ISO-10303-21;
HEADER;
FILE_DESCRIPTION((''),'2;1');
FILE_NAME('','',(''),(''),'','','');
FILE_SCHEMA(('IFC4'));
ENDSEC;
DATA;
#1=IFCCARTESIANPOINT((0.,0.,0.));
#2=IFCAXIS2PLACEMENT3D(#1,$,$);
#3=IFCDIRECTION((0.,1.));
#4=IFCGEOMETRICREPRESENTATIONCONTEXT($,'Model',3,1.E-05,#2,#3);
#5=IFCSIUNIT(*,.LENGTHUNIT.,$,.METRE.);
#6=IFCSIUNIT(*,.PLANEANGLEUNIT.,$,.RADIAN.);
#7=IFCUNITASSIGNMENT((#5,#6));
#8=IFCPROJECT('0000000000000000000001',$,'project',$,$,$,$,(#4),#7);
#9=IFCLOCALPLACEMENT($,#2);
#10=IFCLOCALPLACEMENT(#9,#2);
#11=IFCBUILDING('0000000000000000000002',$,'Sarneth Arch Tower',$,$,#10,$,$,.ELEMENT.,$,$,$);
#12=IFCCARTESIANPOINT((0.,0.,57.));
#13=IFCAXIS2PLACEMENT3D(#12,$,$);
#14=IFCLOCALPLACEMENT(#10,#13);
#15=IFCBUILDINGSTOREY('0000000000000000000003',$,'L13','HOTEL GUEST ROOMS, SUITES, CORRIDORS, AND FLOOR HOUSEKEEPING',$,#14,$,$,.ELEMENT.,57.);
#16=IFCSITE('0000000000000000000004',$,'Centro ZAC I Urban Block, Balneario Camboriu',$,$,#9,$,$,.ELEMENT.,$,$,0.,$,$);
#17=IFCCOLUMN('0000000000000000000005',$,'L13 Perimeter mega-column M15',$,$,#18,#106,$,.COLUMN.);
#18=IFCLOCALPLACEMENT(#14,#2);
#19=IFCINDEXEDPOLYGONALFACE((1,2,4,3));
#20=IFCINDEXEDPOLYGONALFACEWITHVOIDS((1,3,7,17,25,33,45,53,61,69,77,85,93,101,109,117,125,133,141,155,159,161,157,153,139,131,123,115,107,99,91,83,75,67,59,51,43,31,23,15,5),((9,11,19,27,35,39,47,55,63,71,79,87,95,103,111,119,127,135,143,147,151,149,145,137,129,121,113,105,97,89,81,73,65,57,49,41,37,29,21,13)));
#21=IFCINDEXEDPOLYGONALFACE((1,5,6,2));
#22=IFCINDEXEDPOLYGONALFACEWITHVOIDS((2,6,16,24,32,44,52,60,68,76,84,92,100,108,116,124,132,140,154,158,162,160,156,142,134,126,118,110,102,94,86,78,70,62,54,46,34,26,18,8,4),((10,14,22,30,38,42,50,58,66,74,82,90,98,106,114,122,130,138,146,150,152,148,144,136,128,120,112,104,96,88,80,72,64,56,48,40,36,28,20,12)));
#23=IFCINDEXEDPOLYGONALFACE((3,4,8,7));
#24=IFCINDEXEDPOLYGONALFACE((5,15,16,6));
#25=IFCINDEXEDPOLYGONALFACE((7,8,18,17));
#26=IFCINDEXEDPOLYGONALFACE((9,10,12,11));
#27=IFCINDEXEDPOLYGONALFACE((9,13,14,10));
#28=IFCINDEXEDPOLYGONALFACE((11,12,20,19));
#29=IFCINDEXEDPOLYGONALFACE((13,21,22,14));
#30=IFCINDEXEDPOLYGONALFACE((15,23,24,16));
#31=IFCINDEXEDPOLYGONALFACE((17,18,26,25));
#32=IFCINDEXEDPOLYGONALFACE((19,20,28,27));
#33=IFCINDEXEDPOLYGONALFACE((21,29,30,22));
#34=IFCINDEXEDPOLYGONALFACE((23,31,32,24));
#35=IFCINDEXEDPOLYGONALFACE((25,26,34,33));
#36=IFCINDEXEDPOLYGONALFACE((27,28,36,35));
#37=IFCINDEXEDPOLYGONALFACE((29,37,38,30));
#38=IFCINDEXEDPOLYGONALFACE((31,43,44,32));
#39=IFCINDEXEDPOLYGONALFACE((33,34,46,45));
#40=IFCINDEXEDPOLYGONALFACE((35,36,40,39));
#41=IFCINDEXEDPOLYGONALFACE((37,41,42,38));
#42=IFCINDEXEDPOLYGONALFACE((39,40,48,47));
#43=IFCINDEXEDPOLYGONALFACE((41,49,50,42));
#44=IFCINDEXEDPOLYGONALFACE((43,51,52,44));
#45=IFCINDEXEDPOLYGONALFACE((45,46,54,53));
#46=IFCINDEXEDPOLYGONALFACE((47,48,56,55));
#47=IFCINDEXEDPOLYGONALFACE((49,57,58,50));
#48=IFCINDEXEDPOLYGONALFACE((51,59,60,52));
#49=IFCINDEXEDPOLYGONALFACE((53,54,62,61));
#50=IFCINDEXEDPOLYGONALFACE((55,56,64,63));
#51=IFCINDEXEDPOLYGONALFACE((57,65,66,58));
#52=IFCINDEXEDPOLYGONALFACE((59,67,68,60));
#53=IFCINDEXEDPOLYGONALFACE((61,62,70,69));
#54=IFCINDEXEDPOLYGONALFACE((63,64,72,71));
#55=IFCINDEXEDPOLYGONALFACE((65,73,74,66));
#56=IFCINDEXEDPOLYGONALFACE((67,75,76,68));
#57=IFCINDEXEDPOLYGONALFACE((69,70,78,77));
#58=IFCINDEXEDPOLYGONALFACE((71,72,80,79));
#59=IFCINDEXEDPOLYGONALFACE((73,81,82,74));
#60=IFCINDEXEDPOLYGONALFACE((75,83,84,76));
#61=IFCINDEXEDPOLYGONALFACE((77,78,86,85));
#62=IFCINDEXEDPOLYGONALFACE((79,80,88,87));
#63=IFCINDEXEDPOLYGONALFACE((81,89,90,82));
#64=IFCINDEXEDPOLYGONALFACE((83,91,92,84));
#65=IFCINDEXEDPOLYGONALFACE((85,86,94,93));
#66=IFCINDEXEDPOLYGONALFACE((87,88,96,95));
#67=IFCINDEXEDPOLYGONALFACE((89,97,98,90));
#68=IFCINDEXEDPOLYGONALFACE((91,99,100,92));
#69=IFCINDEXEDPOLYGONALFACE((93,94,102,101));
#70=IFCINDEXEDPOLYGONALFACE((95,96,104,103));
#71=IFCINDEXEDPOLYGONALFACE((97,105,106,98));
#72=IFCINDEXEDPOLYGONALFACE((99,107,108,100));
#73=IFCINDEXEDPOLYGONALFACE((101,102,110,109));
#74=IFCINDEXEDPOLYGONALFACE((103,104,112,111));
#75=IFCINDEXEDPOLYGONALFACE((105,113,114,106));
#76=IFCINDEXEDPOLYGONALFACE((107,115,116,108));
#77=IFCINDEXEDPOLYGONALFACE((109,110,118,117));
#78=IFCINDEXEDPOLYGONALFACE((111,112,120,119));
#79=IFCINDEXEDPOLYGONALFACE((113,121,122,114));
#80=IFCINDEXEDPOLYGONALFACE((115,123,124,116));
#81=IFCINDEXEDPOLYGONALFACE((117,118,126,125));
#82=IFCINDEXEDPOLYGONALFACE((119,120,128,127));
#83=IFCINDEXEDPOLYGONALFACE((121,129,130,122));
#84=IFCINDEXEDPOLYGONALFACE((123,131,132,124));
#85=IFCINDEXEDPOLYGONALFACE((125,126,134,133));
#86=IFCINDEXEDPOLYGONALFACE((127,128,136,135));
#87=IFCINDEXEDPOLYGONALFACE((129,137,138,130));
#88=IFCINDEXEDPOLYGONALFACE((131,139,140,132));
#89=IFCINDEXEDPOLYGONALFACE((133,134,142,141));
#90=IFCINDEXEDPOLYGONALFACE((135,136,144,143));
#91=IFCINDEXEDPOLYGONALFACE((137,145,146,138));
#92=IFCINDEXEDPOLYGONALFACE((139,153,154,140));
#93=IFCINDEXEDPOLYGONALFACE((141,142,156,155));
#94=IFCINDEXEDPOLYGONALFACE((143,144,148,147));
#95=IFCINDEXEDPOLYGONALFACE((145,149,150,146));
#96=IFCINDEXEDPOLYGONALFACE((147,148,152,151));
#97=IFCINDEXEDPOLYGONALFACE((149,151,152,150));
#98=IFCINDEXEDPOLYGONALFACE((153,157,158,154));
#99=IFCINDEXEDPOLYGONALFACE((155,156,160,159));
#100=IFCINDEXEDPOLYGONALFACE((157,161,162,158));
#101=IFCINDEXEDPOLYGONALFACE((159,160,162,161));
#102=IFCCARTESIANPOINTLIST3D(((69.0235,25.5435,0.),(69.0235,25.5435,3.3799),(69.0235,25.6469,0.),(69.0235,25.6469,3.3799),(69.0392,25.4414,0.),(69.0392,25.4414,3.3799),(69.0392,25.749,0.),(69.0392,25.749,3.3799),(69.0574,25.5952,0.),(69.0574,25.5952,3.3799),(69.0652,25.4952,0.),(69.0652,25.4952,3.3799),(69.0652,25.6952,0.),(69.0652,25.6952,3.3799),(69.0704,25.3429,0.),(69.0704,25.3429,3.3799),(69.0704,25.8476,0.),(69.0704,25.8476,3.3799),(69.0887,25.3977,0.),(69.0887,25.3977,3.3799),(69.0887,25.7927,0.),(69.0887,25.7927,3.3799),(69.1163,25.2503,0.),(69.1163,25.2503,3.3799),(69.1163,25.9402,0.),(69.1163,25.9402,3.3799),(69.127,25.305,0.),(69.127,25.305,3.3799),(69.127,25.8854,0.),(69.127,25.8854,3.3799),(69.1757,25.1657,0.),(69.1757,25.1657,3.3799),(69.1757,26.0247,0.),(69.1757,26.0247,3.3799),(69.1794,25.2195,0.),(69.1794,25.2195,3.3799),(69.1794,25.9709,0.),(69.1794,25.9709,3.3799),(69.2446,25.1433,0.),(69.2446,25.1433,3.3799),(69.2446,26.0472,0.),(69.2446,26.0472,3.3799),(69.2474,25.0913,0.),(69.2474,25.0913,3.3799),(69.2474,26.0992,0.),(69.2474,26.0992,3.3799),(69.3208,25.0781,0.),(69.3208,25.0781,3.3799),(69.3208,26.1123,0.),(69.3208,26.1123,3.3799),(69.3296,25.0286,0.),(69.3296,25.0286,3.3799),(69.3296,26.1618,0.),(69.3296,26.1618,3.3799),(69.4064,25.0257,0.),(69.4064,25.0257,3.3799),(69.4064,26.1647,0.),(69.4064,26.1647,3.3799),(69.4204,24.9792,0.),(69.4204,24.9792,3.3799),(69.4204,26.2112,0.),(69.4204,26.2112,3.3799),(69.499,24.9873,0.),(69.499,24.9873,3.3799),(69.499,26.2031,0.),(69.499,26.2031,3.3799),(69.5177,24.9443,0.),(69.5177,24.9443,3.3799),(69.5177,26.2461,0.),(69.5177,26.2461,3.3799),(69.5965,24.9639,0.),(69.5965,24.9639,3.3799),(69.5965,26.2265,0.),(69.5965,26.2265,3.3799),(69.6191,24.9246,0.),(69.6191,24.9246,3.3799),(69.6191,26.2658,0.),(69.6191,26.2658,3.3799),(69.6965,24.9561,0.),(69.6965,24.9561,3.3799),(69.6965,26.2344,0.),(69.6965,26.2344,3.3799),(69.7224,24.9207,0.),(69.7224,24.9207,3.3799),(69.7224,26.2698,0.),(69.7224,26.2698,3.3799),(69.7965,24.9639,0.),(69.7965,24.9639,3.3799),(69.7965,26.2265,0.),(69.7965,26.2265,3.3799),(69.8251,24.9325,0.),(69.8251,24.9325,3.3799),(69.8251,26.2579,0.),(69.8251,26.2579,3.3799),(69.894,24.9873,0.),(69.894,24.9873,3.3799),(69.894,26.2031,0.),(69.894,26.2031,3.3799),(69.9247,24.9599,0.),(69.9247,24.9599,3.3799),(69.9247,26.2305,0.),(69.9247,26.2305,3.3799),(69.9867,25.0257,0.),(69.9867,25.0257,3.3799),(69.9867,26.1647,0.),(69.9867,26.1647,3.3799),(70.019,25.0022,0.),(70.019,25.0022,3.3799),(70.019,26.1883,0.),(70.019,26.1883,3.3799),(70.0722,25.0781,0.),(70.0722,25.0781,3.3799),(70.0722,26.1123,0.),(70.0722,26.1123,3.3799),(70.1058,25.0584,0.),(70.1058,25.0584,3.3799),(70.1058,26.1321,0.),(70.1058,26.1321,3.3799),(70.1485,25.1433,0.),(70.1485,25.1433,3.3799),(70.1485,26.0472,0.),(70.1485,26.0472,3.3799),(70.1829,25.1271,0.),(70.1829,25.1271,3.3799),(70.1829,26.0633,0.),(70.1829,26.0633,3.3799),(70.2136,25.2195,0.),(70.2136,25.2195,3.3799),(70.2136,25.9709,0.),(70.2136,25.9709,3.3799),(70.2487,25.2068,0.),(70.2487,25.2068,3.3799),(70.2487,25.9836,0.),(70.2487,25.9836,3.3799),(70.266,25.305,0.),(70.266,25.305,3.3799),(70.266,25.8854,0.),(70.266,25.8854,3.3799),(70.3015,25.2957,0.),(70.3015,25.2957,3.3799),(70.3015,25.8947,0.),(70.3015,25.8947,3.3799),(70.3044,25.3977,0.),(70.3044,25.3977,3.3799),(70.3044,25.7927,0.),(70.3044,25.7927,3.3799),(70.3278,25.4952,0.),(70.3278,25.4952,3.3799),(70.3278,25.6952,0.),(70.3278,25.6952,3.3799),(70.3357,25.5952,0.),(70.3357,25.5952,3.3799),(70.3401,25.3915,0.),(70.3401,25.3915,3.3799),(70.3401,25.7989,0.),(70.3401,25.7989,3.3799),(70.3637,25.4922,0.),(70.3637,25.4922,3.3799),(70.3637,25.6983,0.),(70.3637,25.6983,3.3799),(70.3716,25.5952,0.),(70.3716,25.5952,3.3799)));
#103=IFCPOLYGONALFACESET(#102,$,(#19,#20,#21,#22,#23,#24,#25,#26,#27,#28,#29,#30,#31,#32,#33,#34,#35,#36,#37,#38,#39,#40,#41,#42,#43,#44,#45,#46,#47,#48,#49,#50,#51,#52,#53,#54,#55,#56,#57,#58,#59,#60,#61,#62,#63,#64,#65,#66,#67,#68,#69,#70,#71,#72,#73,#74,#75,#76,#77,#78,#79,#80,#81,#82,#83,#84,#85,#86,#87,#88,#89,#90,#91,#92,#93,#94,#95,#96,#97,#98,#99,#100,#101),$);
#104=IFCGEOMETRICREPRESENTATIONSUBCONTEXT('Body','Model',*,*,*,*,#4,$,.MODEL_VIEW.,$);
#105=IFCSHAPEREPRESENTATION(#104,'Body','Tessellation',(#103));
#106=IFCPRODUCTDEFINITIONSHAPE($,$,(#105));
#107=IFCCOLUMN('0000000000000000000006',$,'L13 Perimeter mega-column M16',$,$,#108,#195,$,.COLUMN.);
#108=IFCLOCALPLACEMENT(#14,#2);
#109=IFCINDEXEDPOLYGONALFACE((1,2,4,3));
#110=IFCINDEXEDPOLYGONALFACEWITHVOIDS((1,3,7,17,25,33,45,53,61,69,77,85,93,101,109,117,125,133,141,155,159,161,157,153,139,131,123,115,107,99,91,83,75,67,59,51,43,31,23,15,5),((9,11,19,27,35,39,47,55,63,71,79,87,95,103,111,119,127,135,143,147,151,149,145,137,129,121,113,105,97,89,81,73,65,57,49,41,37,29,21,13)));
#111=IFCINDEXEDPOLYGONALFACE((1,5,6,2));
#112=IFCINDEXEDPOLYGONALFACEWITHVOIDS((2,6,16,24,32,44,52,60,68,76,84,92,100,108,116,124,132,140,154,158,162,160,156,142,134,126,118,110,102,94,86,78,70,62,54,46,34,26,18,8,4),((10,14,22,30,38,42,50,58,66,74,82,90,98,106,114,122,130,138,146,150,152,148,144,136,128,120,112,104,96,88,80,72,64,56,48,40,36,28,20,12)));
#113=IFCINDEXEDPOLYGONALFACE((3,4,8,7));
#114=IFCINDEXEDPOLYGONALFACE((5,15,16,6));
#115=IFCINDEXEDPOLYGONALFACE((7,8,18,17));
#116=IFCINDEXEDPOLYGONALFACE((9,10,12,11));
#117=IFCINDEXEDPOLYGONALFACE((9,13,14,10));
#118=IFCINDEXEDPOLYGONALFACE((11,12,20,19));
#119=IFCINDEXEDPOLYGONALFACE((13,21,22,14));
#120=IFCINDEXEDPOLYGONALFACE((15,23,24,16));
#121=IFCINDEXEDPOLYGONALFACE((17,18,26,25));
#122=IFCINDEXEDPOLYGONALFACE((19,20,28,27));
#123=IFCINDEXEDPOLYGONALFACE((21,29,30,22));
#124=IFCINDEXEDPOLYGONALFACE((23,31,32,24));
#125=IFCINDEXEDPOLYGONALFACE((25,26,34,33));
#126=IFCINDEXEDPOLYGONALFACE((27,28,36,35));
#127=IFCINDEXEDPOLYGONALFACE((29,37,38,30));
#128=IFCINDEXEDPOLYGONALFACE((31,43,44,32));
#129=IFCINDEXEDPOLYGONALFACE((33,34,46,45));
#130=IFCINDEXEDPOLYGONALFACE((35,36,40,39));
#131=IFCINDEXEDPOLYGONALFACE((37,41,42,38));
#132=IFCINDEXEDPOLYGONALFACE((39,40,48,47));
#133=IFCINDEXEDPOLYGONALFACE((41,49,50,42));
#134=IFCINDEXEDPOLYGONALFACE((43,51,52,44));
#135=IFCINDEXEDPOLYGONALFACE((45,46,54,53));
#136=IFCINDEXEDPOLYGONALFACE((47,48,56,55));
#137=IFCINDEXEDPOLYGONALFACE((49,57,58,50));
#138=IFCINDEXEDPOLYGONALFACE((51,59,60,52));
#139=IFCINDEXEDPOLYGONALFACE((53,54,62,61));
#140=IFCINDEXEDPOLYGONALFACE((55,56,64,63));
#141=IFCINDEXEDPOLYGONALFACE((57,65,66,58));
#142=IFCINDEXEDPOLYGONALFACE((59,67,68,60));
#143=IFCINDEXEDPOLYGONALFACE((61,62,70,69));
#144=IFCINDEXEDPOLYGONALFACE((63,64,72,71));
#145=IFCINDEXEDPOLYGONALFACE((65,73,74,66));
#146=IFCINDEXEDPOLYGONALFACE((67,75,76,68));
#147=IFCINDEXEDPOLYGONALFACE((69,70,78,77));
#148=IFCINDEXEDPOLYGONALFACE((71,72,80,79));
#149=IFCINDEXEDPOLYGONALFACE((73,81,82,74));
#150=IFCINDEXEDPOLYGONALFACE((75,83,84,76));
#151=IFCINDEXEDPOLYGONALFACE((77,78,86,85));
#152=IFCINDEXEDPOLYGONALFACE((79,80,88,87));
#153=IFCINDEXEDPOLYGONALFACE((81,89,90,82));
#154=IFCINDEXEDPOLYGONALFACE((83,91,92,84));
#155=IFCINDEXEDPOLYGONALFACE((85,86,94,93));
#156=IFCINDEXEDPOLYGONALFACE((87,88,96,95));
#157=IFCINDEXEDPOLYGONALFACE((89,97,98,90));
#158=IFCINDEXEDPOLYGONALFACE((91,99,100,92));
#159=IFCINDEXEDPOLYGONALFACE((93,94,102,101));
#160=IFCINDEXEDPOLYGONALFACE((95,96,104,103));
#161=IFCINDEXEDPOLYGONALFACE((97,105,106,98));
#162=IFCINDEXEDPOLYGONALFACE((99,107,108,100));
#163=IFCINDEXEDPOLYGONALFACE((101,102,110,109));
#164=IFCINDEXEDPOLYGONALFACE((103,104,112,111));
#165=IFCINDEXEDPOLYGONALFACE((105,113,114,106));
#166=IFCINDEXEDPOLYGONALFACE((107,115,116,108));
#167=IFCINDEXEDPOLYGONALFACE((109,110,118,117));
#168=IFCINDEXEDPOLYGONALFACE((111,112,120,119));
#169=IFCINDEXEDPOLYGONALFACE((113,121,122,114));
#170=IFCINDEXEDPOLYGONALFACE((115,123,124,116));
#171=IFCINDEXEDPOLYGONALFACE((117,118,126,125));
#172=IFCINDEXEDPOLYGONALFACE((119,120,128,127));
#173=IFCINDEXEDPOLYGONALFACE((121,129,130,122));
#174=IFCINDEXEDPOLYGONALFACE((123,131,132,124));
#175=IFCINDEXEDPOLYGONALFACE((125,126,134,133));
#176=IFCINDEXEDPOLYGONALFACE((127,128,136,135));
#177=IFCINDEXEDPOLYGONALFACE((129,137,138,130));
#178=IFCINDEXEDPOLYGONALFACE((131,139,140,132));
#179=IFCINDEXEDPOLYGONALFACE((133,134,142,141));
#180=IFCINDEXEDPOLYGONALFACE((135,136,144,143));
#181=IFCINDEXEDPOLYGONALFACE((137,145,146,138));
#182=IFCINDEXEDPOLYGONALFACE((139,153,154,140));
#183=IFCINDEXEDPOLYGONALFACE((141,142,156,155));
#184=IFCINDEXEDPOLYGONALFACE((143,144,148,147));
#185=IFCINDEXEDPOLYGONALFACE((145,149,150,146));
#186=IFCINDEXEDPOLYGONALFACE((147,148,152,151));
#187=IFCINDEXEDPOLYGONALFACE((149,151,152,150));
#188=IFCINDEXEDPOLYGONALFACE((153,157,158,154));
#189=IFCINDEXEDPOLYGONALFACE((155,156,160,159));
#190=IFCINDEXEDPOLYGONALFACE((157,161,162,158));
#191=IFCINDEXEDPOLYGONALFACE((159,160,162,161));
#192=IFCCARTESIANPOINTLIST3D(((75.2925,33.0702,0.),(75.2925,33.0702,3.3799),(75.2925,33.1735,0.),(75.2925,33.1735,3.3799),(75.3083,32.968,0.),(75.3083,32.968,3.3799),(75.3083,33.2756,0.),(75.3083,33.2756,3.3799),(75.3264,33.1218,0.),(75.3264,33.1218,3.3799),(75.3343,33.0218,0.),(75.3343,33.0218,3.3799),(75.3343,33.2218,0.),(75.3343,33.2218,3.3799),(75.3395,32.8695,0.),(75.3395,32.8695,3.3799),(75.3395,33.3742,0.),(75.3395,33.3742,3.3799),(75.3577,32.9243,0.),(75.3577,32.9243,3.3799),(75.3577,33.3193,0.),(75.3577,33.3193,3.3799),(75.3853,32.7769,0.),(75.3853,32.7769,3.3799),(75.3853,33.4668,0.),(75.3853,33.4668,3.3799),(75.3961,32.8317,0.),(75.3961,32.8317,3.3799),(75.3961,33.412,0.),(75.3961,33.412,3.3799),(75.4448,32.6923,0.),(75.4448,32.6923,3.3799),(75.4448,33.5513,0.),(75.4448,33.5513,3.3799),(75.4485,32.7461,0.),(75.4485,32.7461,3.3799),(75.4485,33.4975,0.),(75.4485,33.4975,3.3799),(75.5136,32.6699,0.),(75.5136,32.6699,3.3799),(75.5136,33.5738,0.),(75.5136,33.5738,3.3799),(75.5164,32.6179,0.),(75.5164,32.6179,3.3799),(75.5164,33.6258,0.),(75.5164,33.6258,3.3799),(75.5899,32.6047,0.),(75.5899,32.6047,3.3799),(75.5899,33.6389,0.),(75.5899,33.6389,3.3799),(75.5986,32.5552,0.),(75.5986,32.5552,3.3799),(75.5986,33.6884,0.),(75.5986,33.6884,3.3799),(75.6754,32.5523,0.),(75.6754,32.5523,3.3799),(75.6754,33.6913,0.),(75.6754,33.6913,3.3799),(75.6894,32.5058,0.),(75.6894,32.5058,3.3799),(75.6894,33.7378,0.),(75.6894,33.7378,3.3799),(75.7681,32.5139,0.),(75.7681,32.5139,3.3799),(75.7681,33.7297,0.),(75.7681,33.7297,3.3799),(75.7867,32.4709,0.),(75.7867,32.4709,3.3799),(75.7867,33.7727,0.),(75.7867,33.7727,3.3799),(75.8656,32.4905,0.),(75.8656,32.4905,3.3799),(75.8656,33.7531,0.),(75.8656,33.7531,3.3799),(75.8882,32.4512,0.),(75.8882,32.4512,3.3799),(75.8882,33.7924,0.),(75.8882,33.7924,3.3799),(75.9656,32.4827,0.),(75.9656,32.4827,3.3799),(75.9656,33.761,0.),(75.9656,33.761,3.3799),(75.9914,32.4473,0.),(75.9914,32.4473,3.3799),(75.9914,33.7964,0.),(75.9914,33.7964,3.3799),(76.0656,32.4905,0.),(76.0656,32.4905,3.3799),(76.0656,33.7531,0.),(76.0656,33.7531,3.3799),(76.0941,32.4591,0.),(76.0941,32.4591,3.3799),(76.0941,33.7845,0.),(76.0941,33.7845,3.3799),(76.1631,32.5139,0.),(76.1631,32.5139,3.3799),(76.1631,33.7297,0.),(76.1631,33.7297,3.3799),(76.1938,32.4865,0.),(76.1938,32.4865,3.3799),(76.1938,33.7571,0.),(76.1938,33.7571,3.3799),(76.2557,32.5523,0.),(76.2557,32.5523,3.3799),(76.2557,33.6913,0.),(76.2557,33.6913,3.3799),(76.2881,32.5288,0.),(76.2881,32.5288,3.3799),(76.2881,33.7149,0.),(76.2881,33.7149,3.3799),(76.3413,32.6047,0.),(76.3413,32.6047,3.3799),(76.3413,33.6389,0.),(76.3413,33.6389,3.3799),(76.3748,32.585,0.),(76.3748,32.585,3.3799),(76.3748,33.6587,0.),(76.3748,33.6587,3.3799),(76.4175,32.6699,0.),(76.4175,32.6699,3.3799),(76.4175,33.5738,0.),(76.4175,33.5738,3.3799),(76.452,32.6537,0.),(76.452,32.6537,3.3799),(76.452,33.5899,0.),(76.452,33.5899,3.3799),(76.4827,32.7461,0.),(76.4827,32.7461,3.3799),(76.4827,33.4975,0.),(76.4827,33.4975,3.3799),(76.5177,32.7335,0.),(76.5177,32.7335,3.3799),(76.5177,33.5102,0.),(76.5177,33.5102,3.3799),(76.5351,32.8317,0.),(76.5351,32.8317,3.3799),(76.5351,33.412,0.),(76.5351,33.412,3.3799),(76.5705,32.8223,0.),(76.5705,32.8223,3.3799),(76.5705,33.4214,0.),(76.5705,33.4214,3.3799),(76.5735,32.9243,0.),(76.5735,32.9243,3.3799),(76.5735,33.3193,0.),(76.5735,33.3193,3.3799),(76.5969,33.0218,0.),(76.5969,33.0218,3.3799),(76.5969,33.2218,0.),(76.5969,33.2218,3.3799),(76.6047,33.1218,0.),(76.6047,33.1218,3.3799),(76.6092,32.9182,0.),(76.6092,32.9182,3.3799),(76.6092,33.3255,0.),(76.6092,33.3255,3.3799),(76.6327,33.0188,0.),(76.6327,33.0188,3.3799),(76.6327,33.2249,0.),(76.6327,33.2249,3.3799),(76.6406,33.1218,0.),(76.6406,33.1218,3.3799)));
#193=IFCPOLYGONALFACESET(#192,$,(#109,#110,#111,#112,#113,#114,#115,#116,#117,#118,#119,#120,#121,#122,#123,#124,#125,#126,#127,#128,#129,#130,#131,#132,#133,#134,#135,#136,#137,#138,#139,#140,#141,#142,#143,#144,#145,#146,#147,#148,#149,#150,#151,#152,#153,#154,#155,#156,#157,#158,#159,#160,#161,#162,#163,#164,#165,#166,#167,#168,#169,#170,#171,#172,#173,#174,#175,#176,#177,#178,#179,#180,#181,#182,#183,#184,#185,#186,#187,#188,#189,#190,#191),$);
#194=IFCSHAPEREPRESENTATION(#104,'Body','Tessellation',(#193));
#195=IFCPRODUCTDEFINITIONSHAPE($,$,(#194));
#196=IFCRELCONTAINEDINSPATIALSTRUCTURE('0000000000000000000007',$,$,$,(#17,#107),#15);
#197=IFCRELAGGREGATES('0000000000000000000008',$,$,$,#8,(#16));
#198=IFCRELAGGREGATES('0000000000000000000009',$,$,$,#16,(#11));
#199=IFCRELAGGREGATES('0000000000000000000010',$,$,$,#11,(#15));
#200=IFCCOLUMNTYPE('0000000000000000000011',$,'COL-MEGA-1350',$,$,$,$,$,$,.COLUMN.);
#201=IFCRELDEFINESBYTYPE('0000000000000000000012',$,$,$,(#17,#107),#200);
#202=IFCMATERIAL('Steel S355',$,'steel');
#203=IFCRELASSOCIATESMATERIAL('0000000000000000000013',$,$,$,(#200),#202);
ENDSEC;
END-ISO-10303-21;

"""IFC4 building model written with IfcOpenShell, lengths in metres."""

from ifc_helpers import new_model, si_unit, direction, frame, origin, origin_2d, place, context, subcontext, project, spatial, hollow_circle, extrude, material, material_profile, profile_set, type_object, element, save


model = new_model("IFC4")

# Units and contexts
model_context = context("Model", 3, precision=1e-05, world=origin(), true_north=direction((0.0, 1.0)))
body_context = subcontext(model_context, "Body", "Model", "MODEL_VIEW")
ifc_project = project(units=[si_unit("LENGTHUNIT", "METRE"), si_unit("PLANEANGLEUNIT", "RADIAN")], contexts=[model_context])

# Site, building, storey
site_placement = place(None, origin())
site = spatial("IfcSite", under=ifc_project, at=site_placement, Name="Centro ZAC I Urban Block, Balneario Camboriu", CompositionType="ELEMENT", RefElevation=0.0)
building_placement = place(site_placement, origin())
building = spatial("IfcBuilding", under=site, at=building_placement, Name="Sarneth Arch Tower", CompositionType="ELEMENT")
storey_placement = place(building_placement, frame((0.0, 0.0, 57.0)))
storey = spatial("IfcBuildingStorey", under=building, at=storey_placement, Name="L13", Description="HOTEL GUEST ROOMS, SUITES, CORRIDORS, AND FLOOR HOUSEKEEPING", CompositionType="ELEMENT", Elevation=57.0)

# Columns
ifc_material_1 = material(Name="Steel S355", Category="steel")
ifc_material_profile_1 = material_profile(ifc_material_1, hollow_circle(Radius=0.675, WallThickness=0.0359, at=origin_2d()), Name="CHS1350x36")
ifc_profile_set_1 = profile_set([ifc_material_profile_1], Name="Steel S355")
column_type = type_object("IfcColumnType", Name="COL-MEGA-1350", PredefinedType="COLUMN", material=ifc_profile_set_1)
for number, where, z_axis, x_axis, name in (
    (1, (69.6965, 25.5952, 0.0), (0.0, 0.0, 1.0), (1.0, 0.0, 0.0), "L13 Perimeter mega-column M15"),
    (2, (75.9656, 33.1218, 0.0), (0.0, 0.0, 1.0), (1.0, 0.0, 0.0), "L13 Perimeter mega-column M16"),
):
    element("IfcColumn", number, at=place(storey_placement, frame(where, z_axis=z_axis, x_axis=x_axis)), inside=storey, type_object=column_type, Name=name, PredefinedType="COLUMN", context=body_context, shape_type="SweptSolid", body=[
        extrude(hollow_circle(Radius=0.675, WallThickness=0.0359, at=origin_2d()), origin(), (0.0, 0.0, 1.0), 3.3799),
    ])

save(model, "model.ifc")
